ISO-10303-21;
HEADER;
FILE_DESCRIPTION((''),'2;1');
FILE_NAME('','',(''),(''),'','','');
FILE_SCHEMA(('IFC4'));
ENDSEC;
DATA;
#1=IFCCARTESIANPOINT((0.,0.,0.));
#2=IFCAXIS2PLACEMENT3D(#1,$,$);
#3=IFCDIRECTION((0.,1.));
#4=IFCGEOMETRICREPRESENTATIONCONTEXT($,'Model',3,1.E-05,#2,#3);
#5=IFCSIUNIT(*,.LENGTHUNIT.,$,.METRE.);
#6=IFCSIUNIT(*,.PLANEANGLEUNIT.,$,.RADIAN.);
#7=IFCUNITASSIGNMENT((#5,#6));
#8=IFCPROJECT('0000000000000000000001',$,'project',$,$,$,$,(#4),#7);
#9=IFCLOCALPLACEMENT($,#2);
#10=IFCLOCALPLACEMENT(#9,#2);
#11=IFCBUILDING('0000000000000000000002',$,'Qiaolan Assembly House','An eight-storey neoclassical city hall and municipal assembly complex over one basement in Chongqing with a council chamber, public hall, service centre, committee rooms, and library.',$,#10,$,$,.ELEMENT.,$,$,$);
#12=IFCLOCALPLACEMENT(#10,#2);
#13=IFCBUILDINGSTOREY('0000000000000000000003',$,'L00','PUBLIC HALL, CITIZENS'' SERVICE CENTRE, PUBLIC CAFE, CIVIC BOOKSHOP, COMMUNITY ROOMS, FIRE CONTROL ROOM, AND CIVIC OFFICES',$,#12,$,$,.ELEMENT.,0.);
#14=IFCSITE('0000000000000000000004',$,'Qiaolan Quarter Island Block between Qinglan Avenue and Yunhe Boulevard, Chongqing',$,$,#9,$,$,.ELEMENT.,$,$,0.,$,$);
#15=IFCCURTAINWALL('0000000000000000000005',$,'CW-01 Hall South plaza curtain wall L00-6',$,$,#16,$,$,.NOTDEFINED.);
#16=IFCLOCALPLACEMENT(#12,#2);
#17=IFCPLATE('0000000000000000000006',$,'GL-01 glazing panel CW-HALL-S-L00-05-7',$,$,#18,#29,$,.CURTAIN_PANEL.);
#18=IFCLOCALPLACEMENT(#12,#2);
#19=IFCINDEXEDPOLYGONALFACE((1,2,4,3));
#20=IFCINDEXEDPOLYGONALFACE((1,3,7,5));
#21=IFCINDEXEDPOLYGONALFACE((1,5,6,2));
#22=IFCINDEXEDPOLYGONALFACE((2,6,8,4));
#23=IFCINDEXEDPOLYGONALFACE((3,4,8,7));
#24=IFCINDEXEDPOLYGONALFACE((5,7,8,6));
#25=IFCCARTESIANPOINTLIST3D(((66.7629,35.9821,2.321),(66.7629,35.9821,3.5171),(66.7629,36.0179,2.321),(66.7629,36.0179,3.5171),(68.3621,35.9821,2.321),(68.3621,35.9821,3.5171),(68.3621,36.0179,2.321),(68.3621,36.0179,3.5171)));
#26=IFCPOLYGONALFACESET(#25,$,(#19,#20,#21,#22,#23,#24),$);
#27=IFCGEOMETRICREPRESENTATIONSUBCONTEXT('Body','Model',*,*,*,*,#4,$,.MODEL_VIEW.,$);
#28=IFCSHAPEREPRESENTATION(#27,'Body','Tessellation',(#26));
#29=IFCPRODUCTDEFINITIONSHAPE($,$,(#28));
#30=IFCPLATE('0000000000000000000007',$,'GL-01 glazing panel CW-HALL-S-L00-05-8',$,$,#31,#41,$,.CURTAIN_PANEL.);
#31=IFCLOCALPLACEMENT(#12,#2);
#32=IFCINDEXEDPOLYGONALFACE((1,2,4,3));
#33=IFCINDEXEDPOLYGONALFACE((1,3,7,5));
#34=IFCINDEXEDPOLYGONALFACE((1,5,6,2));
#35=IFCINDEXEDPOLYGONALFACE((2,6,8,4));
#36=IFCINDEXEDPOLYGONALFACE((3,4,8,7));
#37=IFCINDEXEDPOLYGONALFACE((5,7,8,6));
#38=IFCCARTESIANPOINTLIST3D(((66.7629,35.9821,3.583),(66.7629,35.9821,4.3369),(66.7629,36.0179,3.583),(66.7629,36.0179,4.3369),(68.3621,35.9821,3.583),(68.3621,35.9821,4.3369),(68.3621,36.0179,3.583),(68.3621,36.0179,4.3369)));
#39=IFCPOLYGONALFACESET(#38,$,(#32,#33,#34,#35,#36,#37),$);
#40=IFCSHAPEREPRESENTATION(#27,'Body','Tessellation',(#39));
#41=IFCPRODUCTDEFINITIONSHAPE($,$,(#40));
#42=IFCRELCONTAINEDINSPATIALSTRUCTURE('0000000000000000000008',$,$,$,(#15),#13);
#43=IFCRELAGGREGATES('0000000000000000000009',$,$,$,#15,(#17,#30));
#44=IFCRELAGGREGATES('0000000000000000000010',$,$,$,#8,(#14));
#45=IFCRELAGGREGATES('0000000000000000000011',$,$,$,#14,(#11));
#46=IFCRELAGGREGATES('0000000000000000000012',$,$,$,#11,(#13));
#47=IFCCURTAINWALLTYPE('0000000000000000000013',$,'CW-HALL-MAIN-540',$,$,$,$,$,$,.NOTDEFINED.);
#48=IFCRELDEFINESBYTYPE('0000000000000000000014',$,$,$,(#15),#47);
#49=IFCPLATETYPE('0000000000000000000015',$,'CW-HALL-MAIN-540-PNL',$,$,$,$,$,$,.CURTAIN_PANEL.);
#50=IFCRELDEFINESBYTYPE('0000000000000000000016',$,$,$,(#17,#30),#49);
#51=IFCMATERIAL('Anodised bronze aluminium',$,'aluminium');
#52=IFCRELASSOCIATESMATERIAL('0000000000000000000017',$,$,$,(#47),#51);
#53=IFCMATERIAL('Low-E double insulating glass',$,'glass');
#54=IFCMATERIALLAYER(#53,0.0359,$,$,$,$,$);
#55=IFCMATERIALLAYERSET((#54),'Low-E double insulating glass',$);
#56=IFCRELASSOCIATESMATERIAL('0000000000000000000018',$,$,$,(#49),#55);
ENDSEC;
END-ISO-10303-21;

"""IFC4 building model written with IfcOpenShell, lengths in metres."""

from ifc_helpers import new_model, si_unit, direction, frame, frame_2d, origin, place, context, subcontext, project, spatial, rectangle, extrude, material, layer, layer_set, type_object, element, aggregate, save


model = new_model("IFC4")

# Units and contexts
model_context = context("Model", 3, precision=1e-05, world=origin(), true_north=direction((0.0, 1.0)))
body_context = subcontext(model_context, "Body", "Model", "MODEL_VIEW")
ifc_project = project(units=[si_unit("LENGTHUNIT", "METRE"), si_unit("PLANEANGLEUNIT", "RADIAN")], contexts=[model_context])

# Site, building, storey
site_placement = place(None, origin())
site = spatial("IfcSite", under=ifc_project, at=site_placement, Name="Qiaolan Quarter Island Block between Qinglan Avenue and Yunhe Boulevard, Chongqing", CompositionType="ELEMENT", RefElevation=0.0)
building_placement = place(site_placement, origin())
building = spatial("IfcBuilding", under=site, at=building_placement, Name="Qiaolan Assembly House", Description="An eight-storey neoclassical city hall and municipal assembly complex over one basement in Chongqing with a council chamber, public hall, service centre, committee rooms, and library.", CompositionType="ELEMENT")
storey_placement = place(building_placement, origin())
storey = spatial("IfcBuildingStorey", under=building, at=storey_placement, Name="L00", Description="PUBLIC HALL, CITIZENS' SERVICE CENTRE, PUBLIC CAFE, CIVIC BOOKSHOP, COMMUNITY ROOMS, FIRE CONTROL ROOM, AND CIVIC OFFICES", CompositionType="ELEMENT", Elevation=0.0)

# Shared definitions
ifc_material_1 = material(Name="Anodised bronze aluminium", Category="aluminium")
curtain_wall_type = type_object("IfcCurtainWallType", Name="CW-HALL-MAIN-540", PredefinedType="NOTDEFINED", material=ifc_material_1)

# Curtain wall
curtain_wall_1_placement = place(storey_placement, origin())
curtain_wall_1 = element("IfcCurtainWall", 1, at=curtain_wall_1_placement, inside=storey, type_object=curtain_wall_type, Name="CW-01 Hall South plaza curtain wall L00-6", PredefinedType="NOTDEFINED")

# Plates
ifc_material_2 = material(Name="Low-E double insulating glass", Category="glass")
ifc_layer = layer(ifc_material_2, 0.0359)
ifc_layer_set = layer_set([ifc_layer], Name="Low-E double insulating glass")
plate_type = type_object("IfcPlateType", Name="CW-HALL-MAIN-540-PNL", PredefinedType="CURTAIN_PANEL", material=ifc_layer_set)
plate_1_placement = place(storey_placement, frame((66.7629, 36.0, 2.321), z_axis=(0.0, 0.0, 1.0), x_axis=(1.0, 0.0, 0.0)))
plate_1 = element("IfcPlate", 2, at=plate_1_placement, type_object=plate_type, Name="GL-01 glazing panel CW-HALL-S-L00-05-7", PredefinedType="CURTAIN_PANEL", context=body_context, shape_type="SweptSolid", body=[
    extrude(rectangle(XDim=1.5991, YDim=0.0359, at=frame_2d((0.7996, 0.0))), origin(), (0.0, 0.0, 1.0), 1.196),
])
plate_2_placement = place(storey_placement, frame((66.7629, 36.0, 3.583), z_axis=(0.0, 0.0, 1.0), x_axis=(1.0, 0.0, 0.0)))
plate_2 = element("IfcPlate", 3, at=plate_2_placement, type_object=plate_type, Name="GL-01 glazing panel CW-HALL-S-L00-05-8", PredefinedType="CURTAIN_PANEL", context=body_context, shape_type="SweptSolid", body=[
    extrude(rectangle(XDim=1.5991, YDim=0.0359, at=frame_2d((0.7996, 0.0))), origin(), (0.0, 0.0, 1.0), 0.7539),
])
aggregate(curtain_wall_1, [plate_1, plate_2])

save(model, "model.ifc")
